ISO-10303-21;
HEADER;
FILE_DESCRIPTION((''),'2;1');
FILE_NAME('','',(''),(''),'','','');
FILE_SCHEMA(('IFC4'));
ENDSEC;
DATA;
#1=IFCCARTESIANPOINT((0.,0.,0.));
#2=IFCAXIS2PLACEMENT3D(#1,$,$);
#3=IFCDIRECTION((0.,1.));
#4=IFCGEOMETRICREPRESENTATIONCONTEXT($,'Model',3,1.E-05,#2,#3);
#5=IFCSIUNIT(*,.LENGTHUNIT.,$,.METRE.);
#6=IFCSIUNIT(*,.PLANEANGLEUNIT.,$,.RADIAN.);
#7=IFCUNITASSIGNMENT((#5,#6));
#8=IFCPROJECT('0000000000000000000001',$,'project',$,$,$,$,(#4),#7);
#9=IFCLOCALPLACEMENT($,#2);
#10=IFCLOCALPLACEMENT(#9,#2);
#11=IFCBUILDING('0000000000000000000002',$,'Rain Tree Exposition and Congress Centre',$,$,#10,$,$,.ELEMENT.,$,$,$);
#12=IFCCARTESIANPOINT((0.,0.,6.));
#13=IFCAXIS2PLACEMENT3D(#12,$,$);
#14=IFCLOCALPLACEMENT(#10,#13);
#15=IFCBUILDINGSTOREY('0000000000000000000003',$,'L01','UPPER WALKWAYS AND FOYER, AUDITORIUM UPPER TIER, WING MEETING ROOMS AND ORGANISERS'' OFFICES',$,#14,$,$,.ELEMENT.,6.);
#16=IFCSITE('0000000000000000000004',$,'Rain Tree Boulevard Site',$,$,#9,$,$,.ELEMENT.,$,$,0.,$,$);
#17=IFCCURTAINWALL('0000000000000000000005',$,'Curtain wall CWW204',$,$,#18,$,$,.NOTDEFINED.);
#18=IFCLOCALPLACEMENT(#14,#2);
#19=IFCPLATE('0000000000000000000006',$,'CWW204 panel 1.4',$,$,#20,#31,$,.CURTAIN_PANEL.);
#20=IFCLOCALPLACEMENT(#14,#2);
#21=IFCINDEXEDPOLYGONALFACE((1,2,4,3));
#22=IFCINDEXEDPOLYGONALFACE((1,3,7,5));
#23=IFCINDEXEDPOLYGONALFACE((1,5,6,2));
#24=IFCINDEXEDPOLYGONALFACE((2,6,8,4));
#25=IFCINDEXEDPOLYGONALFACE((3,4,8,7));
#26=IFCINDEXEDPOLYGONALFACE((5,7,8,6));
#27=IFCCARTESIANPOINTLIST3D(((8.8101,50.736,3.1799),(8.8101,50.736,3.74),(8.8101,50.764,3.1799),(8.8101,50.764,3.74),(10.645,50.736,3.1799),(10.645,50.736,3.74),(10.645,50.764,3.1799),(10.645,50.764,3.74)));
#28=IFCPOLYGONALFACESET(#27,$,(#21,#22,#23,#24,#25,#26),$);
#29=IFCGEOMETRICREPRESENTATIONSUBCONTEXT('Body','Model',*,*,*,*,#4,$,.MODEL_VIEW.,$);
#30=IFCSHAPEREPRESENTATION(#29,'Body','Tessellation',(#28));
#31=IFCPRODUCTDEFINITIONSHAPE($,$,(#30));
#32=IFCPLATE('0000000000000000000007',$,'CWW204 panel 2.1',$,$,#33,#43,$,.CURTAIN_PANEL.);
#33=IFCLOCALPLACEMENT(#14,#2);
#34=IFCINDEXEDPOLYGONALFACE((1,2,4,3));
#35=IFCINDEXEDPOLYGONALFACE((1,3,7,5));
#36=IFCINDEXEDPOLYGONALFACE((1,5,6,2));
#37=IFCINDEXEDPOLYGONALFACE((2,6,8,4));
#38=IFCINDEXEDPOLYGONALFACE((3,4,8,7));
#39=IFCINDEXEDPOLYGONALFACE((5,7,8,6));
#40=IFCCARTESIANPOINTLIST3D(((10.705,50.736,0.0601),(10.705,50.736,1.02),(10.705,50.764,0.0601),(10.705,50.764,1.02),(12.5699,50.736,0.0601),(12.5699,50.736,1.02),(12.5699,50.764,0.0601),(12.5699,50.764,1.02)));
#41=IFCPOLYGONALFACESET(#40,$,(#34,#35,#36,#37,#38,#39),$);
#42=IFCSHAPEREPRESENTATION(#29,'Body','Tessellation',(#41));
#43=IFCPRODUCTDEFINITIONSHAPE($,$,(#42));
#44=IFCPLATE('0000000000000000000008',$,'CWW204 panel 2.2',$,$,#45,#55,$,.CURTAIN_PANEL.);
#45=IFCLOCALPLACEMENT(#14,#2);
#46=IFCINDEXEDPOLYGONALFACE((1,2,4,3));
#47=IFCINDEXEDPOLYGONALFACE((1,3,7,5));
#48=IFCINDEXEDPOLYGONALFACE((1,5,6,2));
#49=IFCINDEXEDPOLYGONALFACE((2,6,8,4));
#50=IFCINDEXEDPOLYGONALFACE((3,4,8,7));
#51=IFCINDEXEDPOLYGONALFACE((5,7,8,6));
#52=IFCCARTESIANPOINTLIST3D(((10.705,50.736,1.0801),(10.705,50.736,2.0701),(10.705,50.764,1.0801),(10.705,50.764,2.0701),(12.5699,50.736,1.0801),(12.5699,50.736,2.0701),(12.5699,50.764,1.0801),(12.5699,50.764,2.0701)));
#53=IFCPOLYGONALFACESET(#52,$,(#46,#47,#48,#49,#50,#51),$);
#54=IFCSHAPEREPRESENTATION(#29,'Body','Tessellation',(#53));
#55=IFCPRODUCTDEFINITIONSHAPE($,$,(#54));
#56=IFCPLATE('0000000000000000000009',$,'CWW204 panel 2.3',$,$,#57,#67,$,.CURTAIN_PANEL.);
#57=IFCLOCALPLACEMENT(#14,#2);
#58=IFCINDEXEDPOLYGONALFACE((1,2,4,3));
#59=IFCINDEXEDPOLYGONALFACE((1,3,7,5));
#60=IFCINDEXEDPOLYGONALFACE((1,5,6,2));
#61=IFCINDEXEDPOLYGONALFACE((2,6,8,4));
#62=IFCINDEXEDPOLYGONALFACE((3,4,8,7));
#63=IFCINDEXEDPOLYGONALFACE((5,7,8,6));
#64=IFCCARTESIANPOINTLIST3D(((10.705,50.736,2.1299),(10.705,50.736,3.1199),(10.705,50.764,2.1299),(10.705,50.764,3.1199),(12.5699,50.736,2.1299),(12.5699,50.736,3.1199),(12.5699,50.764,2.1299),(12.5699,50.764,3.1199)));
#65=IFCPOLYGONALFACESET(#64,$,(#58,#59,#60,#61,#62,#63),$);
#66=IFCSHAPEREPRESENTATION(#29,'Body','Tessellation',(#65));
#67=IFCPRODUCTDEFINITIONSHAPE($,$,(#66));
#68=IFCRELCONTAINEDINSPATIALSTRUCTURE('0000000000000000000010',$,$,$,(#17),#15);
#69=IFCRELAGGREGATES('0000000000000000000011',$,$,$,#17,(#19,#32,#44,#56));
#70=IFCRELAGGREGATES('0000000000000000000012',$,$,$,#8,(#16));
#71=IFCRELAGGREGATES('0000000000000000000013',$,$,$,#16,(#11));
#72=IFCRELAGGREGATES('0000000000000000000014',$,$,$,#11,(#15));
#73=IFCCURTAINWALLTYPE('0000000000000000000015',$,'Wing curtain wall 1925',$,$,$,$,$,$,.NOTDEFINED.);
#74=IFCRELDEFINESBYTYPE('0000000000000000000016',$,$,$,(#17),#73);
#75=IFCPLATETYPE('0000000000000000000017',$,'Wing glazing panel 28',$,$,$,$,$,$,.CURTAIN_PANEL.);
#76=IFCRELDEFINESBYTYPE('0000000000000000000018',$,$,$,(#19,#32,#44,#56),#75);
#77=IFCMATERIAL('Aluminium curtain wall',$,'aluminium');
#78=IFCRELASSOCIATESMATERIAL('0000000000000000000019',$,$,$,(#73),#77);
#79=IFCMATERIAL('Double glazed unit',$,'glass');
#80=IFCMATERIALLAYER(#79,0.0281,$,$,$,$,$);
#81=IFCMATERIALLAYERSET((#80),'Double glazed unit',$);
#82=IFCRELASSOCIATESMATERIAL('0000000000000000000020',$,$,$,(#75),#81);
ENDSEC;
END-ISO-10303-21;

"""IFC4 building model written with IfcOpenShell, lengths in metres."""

from ifc_helpers import new_model, si_unit, direction, frame, origin, origin_2d, place, context, subcontext, project, spatial, rectangle, extrude, material, layer, layer_set, type_object, element, aggregate, save


model = new_model("IFC4")

# Units and contexts
model_context = context("Model", 3, precision=1e-05, world=origin(), true_north=direction((0.0, 1.0)))
body_context = subcontext(model_context, "Body", "Model", "MODEL_VIEW")
ifc_project = project(units=[si_unit("LENGTHUNIT", "METRE"), si_unit("PLANEANGLEUNIT", "RADIAN")], contexts=[model_context])

# Site, building, storey
site_placement = place(None, origin())
site = spatial("IfcSite", under=ifc_project, at=site_placement, Name="Rain Tree Boulevard Site", CompositionType="ELEMENT", RefElevation=0.0)
building_placement = place(site_placement, origin())
building = spatial("IfcBuilding", under=site, at=building_placement, Name="Rain Tree Exposition and Congress Centre", CompositionType="ELEMENT")
storey_placement = place(building_placement, frame((0.0, 0.0, 6.0)))
storey = spatial("IfcBuildingStorey", under=building, at=storey_placement, Name="L01", Description="UPPER WALKWAYS AND FOYER, AUDITORIUM UPPER TIER, WING MEETING ROOMS AND ORGANISERS' OFFICES", CompositionType="ELEMENT", Elevation=6.0)

# Curtain wall, plates
ifc_material_1 = material(Name="Aluminium curtain wall", Category="aluminium")
curtain_wall_type = type_object("IfcCurtainWallType", Name="Wing curtain wall 1925", PredefinedType="NOTDEFINED", material=ifc_material_1)
curtain_wall_placement = place(storey_placement, origin())
curtain_wall = element("IfcCurtainWall", 1, at=curtain_wall_placement, inside=storey, type_object=curtain_wall_type, Name="Curtain wall CWW204", PredefinedType="NOTDEFINED")
ifc_material_2 = material(Name="Double glazed unit", Category="glass")
ifc_layer = layer(ifc_material_2, 0.0281)
ifc_layer_set = layer_set([ifc_layer], Name="Double glazed unit")
plate_type = type_object("IfcPlateType", Name="Wing glazing panel 28", PredefinedType="CURTAIN_PANEL", material=ifc_layer_set)
plate_1_placement = place(storey_placement, frame((9.7275, 50.75, 3.1799), z_axis=(0.0, 0.0, 1.0), x_axis=(1.0, 0.0, 0.0)))
plate_1 = element("IfcPlate", 2, at=plate_1_placement, type_object=plate_type, Name="CWW204 panel 1.4", PredefinedType="CURTAIN_PANEL", context=body_context, shape_type="SweptSolid", body=[
    extrude(rectangle(XDim=1.835, YDim=0.0281, at=origin_2d()), origin(), (0.0, 0.0, 1.0), 0.5601),
])
plate_2_placement = place(storey_placement, frame((11.6375, 50.75, 0.0601), z_axis=(0.0, 0.0, 1.0), x_axis=(1.0, 0.0, 0.0)))
plate_2 = element("IfcPlate", 3, at=plate_2_placement, type_object=plate_type, Name="CWW204 panel 2.1", PredefinedType="CURTAIN_PANEL", context=body_context, shape_type="SweptSolid", body=[
    extrude(rectangle(XDim=1.865, YDim=0.0281, at=origin_2d()), origin(), (0.0, 0.0, 1.0), 0.96),
])
plate_3_placement = place(storey_placement, frame((11.6375, 50.75, 1.0801), z_axis=(0.0, 0.0, 1.0), x_axis=(1.0, 0.0, 0.0)))
plate_3 = element("IfcPlate", 4, at=plate_3_placement, type_object=plate_type, Name="CWW204 panel 2.2", PredefinedType="CURTAIN_PANEL", context=body_context, shape_type="SweptSolid", body=[
    extrude(rectangle(XDim=1.865, YDim=0.0281, at=origin_2d()), origin(), (0.0, 0.0, 1.0), 0.99),
])
plate_4_placement = place(storey_placement, frame((11.6375, 50.75, 2.1299), z_axis=(0.0, 0.0, 1.0), x_axis=(1.0, 0.0, 0.0)))
plate_4 = element("IfcPlate", 5, at=plate_4_placement, type_object=plate_type, Name="CWW204 panel 2.3", PredefinedType="CURTAIN_PANEL", context=body_context, shape_type="SweptSolid", body=[
    extrude(rectangle(XDim=1.865, YDim=0.0281, at=origin_2d()), origin(), (0.0, 0.0, 1.0), 0.99),
])
aggregate(curtain_wall, [plate_1, plate_2, plate_3, plate_4])

save(model, "model.ifc")
